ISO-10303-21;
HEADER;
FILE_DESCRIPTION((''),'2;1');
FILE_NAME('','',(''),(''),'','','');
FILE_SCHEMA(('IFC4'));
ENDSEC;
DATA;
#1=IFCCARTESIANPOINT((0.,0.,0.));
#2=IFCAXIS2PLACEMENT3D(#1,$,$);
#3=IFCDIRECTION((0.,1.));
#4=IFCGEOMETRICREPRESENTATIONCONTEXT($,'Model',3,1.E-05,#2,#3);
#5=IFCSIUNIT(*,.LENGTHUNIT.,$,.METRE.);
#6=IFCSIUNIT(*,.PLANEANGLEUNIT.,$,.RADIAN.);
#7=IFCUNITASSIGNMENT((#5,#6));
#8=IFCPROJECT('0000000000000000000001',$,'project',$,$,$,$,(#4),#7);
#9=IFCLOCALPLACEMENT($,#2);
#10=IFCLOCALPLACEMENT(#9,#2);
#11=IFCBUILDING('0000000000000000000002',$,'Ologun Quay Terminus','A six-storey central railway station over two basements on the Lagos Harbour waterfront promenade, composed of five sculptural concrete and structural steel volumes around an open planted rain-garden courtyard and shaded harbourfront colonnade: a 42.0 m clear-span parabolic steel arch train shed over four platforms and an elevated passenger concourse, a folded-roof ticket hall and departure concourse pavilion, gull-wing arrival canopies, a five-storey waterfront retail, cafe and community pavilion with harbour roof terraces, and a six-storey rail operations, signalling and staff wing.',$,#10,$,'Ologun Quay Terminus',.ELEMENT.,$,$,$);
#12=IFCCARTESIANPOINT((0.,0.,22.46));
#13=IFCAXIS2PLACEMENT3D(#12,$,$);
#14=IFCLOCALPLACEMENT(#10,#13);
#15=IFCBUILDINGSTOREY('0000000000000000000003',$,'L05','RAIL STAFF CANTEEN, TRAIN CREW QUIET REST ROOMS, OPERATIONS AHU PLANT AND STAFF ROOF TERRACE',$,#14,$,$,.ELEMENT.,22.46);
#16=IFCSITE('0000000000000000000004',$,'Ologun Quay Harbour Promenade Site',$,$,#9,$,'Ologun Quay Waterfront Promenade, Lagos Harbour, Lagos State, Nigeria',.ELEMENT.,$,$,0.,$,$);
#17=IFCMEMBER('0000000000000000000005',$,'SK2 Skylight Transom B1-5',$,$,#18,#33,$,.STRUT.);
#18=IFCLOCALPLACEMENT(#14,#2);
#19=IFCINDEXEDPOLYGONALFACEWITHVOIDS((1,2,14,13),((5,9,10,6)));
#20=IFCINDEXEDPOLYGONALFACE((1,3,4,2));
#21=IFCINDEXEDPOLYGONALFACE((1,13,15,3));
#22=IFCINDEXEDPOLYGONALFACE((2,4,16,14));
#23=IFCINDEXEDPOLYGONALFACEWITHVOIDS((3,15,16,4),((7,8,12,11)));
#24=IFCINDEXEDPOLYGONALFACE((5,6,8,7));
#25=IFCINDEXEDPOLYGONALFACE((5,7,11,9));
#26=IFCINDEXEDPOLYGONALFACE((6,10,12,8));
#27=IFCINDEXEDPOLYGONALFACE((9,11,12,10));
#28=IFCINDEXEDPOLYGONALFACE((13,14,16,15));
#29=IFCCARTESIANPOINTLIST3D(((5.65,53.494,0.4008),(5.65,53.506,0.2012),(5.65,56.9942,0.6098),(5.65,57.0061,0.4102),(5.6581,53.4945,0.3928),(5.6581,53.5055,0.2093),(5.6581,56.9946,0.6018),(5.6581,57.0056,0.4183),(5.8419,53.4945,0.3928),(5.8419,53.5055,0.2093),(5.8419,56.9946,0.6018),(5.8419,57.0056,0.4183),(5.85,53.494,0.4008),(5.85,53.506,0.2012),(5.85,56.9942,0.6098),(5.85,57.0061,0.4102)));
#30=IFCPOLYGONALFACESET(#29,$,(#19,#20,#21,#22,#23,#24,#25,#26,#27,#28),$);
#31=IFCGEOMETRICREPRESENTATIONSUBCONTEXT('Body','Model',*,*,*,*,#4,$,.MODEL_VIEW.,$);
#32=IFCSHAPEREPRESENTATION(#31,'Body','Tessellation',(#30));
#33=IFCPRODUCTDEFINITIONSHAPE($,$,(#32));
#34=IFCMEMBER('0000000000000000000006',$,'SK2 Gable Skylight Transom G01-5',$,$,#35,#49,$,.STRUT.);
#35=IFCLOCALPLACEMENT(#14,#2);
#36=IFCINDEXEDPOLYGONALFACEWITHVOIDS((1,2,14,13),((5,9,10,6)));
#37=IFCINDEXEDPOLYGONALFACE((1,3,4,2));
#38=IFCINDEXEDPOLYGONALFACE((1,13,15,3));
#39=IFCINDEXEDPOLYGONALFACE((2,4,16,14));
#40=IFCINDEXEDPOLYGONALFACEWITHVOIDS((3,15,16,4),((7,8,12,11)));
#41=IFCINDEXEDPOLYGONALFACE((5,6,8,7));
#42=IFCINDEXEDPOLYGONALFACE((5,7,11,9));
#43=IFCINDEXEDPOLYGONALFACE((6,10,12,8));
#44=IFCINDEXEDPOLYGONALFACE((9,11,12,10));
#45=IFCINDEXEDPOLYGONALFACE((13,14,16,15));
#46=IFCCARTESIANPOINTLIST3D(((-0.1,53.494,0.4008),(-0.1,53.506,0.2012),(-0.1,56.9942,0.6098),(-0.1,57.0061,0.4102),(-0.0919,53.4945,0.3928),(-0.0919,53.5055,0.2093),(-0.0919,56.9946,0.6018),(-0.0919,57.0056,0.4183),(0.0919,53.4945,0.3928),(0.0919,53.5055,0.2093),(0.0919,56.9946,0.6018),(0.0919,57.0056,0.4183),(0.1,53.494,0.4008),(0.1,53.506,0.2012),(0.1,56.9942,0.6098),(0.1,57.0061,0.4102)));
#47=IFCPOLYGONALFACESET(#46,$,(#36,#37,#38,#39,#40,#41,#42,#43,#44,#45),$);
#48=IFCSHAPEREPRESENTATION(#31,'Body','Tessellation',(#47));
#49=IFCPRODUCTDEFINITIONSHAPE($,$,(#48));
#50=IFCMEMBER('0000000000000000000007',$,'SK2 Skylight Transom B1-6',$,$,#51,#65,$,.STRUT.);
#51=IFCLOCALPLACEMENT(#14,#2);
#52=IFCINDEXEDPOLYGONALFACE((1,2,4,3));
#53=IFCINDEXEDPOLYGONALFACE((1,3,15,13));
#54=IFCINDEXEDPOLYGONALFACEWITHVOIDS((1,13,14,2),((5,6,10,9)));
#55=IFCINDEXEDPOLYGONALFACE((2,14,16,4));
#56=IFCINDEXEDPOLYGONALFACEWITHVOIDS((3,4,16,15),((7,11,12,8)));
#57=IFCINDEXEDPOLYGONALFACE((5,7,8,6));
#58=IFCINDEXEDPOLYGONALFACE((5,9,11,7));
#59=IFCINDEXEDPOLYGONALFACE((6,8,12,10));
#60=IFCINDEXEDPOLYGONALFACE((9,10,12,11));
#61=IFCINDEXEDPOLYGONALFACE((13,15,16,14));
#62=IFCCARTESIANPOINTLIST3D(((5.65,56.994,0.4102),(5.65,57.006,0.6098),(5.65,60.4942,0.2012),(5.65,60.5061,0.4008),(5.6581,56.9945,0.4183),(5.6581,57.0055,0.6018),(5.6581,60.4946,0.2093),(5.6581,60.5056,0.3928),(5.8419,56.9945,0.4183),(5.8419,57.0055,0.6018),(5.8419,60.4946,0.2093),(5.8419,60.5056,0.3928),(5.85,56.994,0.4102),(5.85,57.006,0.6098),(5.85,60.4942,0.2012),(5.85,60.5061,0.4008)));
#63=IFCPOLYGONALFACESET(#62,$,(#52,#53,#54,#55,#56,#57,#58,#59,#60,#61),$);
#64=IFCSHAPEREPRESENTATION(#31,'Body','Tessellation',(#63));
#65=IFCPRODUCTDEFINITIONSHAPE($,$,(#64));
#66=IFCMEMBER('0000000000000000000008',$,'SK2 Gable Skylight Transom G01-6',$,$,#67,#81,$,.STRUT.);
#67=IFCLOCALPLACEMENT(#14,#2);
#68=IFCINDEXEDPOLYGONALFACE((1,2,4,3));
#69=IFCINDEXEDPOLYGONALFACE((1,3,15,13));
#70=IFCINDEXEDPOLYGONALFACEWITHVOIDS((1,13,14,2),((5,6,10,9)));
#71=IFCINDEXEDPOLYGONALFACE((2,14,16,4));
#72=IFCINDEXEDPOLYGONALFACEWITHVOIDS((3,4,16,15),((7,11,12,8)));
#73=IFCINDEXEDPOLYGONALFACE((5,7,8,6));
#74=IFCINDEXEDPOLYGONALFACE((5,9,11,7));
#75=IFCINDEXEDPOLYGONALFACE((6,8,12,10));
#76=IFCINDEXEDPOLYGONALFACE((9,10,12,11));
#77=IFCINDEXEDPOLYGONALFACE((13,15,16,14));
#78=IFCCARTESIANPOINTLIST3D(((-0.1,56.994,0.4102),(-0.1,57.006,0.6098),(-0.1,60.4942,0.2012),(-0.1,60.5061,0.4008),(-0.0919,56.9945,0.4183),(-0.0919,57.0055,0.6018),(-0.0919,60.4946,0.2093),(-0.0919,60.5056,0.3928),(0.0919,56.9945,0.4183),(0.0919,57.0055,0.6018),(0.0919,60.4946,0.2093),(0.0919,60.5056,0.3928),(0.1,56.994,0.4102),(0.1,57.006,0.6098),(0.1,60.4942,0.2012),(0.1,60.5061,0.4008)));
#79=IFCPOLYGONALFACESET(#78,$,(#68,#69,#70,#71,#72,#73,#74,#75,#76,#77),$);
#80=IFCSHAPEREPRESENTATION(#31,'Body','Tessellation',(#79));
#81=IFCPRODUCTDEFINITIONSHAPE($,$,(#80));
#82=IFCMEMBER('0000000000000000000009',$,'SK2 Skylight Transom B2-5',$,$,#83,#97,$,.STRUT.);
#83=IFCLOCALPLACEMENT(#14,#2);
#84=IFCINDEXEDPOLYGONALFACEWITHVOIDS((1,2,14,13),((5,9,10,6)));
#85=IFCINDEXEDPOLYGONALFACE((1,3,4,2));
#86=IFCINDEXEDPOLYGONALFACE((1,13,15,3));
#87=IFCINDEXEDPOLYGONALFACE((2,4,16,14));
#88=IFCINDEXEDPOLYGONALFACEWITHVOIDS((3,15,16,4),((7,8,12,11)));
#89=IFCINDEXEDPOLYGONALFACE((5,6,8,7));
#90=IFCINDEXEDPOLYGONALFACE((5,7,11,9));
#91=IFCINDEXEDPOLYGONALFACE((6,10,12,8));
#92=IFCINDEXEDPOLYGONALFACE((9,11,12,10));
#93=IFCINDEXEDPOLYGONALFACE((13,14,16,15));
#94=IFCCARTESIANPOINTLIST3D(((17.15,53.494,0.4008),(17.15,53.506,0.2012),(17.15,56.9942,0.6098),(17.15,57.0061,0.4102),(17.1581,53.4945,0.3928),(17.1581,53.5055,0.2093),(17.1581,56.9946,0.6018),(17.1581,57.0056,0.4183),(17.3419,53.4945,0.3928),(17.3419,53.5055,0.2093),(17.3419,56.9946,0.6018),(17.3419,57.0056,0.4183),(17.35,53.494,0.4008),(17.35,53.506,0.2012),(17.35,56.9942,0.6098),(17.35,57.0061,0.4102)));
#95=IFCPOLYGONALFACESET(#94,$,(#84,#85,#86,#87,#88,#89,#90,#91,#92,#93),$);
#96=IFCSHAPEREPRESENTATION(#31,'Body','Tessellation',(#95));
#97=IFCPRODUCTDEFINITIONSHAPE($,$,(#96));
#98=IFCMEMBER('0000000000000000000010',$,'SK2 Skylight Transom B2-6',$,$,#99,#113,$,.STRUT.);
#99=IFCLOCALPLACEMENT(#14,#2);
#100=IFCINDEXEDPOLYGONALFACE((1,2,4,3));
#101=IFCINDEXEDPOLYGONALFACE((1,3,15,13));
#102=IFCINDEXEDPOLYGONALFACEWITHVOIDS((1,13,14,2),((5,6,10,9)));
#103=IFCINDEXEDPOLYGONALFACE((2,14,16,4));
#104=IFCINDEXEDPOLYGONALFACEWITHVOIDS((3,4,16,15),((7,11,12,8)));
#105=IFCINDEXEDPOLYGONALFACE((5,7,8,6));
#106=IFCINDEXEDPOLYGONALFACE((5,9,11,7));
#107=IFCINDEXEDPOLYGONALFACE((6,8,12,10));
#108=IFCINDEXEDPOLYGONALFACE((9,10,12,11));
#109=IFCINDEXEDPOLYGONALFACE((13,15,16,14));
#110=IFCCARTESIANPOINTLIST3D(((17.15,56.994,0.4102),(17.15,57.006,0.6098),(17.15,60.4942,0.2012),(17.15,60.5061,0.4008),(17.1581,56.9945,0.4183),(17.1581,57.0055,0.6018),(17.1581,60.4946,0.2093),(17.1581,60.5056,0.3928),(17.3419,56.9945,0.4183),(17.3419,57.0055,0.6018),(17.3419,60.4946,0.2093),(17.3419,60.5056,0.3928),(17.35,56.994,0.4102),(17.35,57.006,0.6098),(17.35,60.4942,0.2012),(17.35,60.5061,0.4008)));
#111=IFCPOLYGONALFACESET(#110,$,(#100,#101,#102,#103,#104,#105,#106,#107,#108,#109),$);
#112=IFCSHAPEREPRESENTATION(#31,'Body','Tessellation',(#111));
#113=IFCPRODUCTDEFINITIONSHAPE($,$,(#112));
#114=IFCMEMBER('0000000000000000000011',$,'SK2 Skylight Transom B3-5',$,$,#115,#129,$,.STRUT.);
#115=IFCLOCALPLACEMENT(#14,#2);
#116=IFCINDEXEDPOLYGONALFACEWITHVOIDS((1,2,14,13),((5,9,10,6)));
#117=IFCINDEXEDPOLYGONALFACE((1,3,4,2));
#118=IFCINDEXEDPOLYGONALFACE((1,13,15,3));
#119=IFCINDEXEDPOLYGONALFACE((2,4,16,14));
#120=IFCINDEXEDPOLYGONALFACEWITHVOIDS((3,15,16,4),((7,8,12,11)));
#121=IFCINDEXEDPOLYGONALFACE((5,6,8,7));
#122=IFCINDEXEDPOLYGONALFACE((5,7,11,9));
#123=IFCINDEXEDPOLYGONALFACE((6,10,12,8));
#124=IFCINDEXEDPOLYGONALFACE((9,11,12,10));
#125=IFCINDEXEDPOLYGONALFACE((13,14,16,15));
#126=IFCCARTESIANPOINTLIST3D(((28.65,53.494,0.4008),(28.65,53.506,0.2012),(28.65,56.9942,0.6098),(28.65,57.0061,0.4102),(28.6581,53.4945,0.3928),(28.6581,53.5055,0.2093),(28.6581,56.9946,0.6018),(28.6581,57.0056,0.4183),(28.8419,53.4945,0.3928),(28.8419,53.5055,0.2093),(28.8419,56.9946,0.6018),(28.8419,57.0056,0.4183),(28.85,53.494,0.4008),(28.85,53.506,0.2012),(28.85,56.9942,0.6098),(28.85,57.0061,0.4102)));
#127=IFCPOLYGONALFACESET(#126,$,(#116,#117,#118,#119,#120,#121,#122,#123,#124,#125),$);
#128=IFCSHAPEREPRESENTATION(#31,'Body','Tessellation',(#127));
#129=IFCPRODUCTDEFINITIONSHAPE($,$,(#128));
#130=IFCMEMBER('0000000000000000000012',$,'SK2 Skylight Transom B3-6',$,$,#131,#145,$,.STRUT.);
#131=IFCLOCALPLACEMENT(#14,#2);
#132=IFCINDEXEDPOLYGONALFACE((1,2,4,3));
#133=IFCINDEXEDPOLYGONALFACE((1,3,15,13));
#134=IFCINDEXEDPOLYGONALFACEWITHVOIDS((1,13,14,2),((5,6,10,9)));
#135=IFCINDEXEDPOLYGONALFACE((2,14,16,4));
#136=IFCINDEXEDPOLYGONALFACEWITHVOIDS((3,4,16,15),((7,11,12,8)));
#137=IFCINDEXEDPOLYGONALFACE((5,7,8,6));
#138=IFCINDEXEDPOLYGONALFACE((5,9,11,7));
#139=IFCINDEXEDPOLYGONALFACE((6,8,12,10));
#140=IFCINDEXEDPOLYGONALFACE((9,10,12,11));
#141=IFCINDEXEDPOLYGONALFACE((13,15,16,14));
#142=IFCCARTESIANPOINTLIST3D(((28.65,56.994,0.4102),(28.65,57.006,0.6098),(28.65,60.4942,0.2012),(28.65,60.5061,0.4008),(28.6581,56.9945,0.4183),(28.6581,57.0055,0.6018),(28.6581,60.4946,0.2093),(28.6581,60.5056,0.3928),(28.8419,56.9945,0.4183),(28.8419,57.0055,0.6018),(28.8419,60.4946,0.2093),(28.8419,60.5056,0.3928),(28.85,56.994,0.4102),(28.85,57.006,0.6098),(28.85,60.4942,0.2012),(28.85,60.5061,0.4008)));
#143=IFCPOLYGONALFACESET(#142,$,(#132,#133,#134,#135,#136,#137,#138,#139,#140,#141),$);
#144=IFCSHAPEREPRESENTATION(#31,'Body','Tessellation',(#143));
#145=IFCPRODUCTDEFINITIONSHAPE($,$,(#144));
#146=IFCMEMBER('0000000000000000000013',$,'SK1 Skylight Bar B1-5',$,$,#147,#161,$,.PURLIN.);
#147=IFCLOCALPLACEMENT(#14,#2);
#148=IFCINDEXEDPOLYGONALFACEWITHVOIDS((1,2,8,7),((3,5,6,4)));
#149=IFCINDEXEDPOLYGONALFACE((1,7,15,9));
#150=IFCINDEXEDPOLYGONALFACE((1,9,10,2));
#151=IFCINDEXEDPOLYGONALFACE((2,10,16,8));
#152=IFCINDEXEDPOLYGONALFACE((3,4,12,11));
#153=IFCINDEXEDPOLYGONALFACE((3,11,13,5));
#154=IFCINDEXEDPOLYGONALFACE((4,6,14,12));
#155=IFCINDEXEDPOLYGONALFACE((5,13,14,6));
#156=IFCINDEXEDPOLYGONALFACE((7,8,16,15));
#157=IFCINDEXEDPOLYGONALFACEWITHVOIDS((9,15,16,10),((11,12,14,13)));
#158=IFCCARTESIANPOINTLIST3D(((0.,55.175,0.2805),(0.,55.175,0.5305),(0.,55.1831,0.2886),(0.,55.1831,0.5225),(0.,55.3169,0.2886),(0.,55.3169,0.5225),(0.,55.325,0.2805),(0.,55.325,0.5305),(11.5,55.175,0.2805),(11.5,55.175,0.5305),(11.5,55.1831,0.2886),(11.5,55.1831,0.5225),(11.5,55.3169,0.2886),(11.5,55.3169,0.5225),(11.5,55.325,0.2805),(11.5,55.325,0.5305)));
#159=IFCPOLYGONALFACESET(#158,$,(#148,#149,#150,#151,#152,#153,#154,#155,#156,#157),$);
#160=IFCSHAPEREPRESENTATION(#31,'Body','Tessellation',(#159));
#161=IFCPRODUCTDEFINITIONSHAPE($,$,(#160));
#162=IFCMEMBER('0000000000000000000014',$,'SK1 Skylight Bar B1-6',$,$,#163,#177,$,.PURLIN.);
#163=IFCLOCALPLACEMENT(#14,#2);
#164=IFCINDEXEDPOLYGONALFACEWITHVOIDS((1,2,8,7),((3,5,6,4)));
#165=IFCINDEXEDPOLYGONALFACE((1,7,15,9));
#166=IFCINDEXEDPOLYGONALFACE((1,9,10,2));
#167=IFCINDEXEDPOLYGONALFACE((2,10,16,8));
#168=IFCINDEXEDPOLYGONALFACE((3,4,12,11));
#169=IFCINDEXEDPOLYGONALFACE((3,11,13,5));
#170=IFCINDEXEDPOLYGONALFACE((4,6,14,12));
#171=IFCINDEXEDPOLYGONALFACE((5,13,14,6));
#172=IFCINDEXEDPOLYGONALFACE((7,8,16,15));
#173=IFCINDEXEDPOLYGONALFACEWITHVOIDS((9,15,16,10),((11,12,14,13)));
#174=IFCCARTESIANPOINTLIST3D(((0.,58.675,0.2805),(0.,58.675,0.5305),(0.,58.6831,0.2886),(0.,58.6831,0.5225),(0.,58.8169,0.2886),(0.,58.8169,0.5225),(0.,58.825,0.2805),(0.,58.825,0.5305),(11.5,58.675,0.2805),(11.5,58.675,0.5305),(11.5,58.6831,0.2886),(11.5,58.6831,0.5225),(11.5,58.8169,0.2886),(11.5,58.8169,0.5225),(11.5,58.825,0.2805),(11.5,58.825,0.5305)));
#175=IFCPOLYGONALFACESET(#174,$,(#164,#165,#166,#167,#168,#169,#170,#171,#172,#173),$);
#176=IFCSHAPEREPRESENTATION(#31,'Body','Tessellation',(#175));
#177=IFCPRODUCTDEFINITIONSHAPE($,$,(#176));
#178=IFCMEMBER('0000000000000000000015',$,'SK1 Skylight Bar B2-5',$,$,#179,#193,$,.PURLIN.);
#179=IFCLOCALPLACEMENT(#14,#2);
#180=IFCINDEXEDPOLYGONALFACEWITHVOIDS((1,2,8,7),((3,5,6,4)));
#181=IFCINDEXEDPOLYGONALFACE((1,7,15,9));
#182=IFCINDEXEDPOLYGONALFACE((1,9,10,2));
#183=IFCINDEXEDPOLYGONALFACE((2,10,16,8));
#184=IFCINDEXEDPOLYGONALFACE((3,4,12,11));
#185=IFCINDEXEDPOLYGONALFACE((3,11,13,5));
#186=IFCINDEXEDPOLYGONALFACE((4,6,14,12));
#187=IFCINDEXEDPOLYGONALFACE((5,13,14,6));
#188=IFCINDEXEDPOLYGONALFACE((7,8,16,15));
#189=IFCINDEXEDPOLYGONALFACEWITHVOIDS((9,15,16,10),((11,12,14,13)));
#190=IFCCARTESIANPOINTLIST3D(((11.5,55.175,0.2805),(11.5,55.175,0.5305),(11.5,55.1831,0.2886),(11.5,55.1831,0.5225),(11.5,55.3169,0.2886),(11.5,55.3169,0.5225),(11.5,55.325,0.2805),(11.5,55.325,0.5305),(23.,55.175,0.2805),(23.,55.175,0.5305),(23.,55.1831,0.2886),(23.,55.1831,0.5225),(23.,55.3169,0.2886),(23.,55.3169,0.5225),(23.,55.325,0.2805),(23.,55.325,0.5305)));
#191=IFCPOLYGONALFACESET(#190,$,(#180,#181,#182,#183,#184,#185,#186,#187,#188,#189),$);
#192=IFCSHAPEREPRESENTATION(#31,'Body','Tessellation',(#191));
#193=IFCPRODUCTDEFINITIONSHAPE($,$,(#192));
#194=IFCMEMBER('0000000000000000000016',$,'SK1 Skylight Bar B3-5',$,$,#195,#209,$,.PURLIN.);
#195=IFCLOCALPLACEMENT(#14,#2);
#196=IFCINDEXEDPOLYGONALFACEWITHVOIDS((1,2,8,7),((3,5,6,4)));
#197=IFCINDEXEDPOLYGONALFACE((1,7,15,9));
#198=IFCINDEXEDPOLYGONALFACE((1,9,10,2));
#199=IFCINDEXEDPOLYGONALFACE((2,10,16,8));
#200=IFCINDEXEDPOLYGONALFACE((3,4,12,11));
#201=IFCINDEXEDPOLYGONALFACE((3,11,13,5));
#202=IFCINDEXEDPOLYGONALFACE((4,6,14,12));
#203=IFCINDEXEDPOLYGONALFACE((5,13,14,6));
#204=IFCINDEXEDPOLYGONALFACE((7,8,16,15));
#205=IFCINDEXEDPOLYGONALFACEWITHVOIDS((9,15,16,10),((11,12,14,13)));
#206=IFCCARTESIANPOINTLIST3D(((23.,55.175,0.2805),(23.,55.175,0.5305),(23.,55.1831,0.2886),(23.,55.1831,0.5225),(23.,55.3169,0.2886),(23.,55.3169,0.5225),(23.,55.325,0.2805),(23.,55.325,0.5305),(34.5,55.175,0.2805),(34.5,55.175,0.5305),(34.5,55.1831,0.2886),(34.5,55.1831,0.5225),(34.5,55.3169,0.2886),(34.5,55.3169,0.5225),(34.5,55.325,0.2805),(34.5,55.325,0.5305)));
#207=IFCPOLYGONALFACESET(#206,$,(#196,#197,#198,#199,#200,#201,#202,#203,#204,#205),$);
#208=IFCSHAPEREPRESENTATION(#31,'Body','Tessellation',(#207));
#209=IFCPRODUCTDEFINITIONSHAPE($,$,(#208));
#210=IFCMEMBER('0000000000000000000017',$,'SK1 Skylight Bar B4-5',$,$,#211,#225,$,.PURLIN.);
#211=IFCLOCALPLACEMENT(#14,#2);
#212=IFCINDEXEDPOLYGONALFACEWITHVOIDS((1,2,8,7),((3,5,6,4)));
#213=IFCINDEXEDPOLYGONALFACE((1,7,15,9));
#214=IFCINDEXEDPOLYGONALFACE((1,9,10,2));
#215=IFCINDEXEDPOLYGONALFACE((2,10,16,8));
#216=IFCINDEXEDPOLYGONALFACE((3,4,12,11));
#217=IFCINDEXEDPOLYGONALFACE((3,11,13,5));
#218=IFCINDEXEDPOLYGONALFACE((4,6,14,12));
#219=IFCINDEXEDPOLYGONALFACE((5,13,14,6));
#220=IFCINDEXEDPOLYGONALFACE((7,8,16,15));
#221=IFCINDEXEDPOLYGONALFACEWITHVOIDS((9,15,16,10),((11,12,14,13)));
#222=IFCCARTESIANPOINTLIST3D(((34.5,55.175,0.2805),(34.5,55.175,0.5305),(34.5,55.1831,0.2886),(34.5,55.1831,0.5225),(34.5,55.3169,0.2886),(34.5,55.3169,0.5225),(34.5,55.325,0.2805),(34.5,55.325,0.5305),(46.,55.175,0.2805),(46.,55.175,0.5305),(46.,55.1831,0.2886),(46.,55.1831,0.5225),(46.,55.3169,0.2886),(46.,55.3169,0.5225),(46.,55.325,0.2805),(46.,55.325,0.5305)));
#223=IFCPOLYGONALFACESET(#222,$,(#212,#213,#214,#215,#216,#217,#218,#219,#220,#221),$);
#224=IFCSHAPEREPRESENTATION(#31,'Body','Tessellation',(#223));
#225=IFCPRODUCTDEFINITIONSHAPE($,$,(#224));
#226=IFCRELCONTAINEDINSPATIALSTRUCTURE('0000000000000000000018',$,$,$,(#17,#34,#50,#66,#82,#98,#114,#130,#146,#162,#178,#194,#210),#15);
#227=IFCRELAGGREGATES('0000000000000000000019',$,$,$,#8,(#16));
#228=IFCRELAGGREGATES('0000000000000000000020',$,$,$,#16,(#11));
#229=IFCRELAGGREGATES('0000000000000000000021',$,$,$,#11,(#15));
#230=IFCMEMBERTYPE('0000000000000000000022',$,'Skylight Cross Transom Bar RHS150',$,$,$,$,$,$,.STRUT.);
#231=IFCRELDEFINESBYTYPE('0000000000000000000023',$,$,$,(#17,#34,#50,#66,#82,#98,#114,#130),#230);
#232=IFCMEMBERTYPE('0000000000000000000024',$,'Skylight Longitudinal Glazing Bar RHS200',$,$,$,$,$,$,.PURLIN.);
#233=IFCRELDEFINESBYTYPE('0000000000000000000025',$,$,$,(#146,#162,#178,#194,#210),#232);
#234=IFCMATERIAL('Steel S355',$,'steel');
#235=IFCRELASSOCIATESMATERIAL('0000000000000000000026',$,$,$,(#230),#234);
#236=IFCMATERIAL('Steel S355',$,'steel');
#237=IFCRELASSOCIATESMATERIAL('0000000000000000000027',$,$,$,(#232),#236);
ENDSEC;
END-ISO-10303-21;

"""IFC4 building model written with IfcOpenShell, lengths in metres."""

from ifc_helpers import new_model, si_unit, direction, frame, origin, origin_2d, place, context, subcontext, project, spatial, hollow_rectangle, extrude, material, material_profile, profile_set, type_object, element, save


model = new_model("IFC4")

# Units and contexts
model_context = context("Model", 3, precision=1e-05, world=origin(), true_north=direction((0.0, 1.0)))
body_context = subcontext(model_context, "Body", "Model", "MODEL_VIEW")
ifc_project = project(units=[si_unit("LENGTHUNIT", "METRE"), si_unit("PLANEANGLEUNIT", "RADIAN")], contexts=[model_context])

# Site, building, storey
site_placement = place(None, origin())
site = spatial("IfcSite", under=ifc_project, at=site_placement, Name="Ologun Quay Harbour Promenade Site", LongName="Ologun Quay Waterfront Promenade, Lagos Harbour, Lagos State, Nigeria", CompositionType="ELEMENT", RefElevation=0.0)
building_placement = place(site_placement, origin())
building = spatial("IfcBuilding", under=site, at=building_placement, Name="Ologun Quay Terminus", Description="A six-storey central railway station over two basements on the Lagos Harbour waterfront promenade, composed of five sculptural concrete and structural steel volumes around an open planted rain-garden courtyard and shaded harbourfront colonnade: a 42.0 m clear-span parabolic steel arch train shed over four platforms and an elevated passenger concourse, a folded-roof ticket hall and departure concourse pavilion, gull-wing arrival canopies, a five-storey waterfront retail, cafe and community pavilion with harbour roof terraces, and a six-storey rail operations, signalling and staff wing.", LongName="Ologun Quay Terminus", CompositionType="ELEMENT")
storey_placement = place(building_placement, frame((0.0, 0.0, 22.46)))
storey = spatial("IfcBuildingStorey", under=building, at=storey_placement, Name="L05", Description="RAIL STAFF CANTEEN, TRAIN CREW QUIET REST ROOMS, OPERATIONS AHU PLANT AND STAFF ROOF TERRACE", CompositionType="ELEMENT", Elevation=22.46)

# Members
ifc_material_1 = material(Name="Steel S355", Category="steel")
ifc_material_profile_1 = material_profile(ifc_material_1, hollow_rectangle(XDim=0.2, YDim=0.2, WallThickness=0.0081, at=origin_2d()), Name="SHS 200x200x8")
ifc_profile_set_1 = profile_set([ifc_material_profile_1], Name="Steel S355")
member_type_1 = type_object("IfcMemberType", Name="Skylight Cross Transom Bar RHS150", PredefinedType="STRUT", material=ifc_profile_set_1)
for number, where, z_axis, x_axis, name in (
    (1, (5.75, 53.5, 0.301), (0.0, 0.998222, 0.059604), (-1.0, 0.0, 0.0), "SK2 Skylight Transom B1-5"),
    (2, (0.0, 53.5, 0.301), (0.0, 0.998222, 0.059604), (-1.0, 0.0, 0.0), "SK2 Gable Skylight Transom G01-5"),
    (3, (5.75, 57.0, 0.51), (0.0, 0.998222, -0.059604), (-1.0, 0.0, 0.0), "SK2 Skylight Transom B1-6"),
    (4, (0.0, 57.0, 0.51), (0.0, 0.998222, -0.059604), (-1.0, 0.0, 0.0), "SK2 Gable Skylight Transom G01-6"),
    (5, (17.25, 53.5, 0.301), (0.0, 0.998222, 0.059604), (-1.0, 0.0, 0.0), "SK2 Skylight Transom B2-5"),
    (6, (17.25, 57.0, 0.51), (0.0, 0.998222, -0.059604), (-1.0, 0.0, 0.0), "SK2 Skylight Transom B2-6"),
    (7, (28.75, 53.5, 0.301), (0.0, 0.998222, 0.059604), (-1.0, 0.0, 0.0), "SK2 Skylight Transom B3-5"),
    (8, (28.75, 57.0, 0.51), (0.0, 0.998222, -0.059604), (-1.0, 0.0, 0.0), "SK2 Skylight Transom B3-6"),
):
    element("IfcMember", number, at=place(storey_placement, frame(where, z_axis=z_axis, x_axis=x_axis)), inside=storey, type_object=member_type_1, Name=name, PredefinedType="STRUT", context=body_context, shape_type="SweptSolid", body=[
        extrude(hollow_rectangle(XDim=0.2, YDim=0.2, WallThickness=0.0081, at=origin_2d()), origin(), (0.0, 0.0, 1.0), 3.5063),
    ])
ifc_material_2 = material(Name="Steel S355", Category="steel")
ifc_material_profile_2 = material_profile(ifc_material_2, hollow_rectangle(XDim=0.1499, YDim=0.25, WallThickness=0.0081, at=origin_2d()), Name="RHS 250x150x8")
ifc_profile_set_2 = profile_set([ifc_material_profile_2], Name="Steel S355")
member_type_2 = type_object("IfcMemberType", Name="Skylight Longitudinal Glazing Bar RHS200", PredefinedType="PURLIN", material=ifc_profile_set_2)
for number, where, z_axis, x_axis, name in (
    (9, (0.0, 55.25, 0.4055), (1.0, 0.0, 0.0), (0.0, 1.0, 0.0), "SK1 Skylight Bar B1-5"),
    (10, (0.0, 58.75, 0.4055), (1.0, 0.0, 0.0), (0.0, 1.0, 0.0), "SK1 Skylight Bar B1-6"),
    (11, (11.5, 55.25, 0.4055), (1.0, 0.0, 0.0), (0.0, 1.0, 0.0), "SK1 Skylight Bar B2-5"),
    (12, (23.0, 55.25, 0.4055), (1.0, 0.0, 0.0), (0.0, 1.0, 0.0), "SK1 Skylight Bar B3-5"),
    (13, (34.5, 55.25, 0.4055), (1.0, 0.0, 0.0), (0.0, 1.0, 0.0), "SK1 Skylight Bar B4-5"),
):
    element("IfcMember", number, at=place(storey_placement, frame(where, z_axis=z_axis, x_axis=x_axis)), inside=storey, type_object=member_type_2, Name=name, PredefinedType="PURLIN", context=body_context, shape_type="SweptSolid", body=[
        extrude(hollow_rectangle(XDim=0.1499, YDim=0.25, WallThickness=0.0081, at=origin_2d()), origin(), (0.0, 0.0, 1.0), 11.5),
    ])

save(model, "model.ifc")
